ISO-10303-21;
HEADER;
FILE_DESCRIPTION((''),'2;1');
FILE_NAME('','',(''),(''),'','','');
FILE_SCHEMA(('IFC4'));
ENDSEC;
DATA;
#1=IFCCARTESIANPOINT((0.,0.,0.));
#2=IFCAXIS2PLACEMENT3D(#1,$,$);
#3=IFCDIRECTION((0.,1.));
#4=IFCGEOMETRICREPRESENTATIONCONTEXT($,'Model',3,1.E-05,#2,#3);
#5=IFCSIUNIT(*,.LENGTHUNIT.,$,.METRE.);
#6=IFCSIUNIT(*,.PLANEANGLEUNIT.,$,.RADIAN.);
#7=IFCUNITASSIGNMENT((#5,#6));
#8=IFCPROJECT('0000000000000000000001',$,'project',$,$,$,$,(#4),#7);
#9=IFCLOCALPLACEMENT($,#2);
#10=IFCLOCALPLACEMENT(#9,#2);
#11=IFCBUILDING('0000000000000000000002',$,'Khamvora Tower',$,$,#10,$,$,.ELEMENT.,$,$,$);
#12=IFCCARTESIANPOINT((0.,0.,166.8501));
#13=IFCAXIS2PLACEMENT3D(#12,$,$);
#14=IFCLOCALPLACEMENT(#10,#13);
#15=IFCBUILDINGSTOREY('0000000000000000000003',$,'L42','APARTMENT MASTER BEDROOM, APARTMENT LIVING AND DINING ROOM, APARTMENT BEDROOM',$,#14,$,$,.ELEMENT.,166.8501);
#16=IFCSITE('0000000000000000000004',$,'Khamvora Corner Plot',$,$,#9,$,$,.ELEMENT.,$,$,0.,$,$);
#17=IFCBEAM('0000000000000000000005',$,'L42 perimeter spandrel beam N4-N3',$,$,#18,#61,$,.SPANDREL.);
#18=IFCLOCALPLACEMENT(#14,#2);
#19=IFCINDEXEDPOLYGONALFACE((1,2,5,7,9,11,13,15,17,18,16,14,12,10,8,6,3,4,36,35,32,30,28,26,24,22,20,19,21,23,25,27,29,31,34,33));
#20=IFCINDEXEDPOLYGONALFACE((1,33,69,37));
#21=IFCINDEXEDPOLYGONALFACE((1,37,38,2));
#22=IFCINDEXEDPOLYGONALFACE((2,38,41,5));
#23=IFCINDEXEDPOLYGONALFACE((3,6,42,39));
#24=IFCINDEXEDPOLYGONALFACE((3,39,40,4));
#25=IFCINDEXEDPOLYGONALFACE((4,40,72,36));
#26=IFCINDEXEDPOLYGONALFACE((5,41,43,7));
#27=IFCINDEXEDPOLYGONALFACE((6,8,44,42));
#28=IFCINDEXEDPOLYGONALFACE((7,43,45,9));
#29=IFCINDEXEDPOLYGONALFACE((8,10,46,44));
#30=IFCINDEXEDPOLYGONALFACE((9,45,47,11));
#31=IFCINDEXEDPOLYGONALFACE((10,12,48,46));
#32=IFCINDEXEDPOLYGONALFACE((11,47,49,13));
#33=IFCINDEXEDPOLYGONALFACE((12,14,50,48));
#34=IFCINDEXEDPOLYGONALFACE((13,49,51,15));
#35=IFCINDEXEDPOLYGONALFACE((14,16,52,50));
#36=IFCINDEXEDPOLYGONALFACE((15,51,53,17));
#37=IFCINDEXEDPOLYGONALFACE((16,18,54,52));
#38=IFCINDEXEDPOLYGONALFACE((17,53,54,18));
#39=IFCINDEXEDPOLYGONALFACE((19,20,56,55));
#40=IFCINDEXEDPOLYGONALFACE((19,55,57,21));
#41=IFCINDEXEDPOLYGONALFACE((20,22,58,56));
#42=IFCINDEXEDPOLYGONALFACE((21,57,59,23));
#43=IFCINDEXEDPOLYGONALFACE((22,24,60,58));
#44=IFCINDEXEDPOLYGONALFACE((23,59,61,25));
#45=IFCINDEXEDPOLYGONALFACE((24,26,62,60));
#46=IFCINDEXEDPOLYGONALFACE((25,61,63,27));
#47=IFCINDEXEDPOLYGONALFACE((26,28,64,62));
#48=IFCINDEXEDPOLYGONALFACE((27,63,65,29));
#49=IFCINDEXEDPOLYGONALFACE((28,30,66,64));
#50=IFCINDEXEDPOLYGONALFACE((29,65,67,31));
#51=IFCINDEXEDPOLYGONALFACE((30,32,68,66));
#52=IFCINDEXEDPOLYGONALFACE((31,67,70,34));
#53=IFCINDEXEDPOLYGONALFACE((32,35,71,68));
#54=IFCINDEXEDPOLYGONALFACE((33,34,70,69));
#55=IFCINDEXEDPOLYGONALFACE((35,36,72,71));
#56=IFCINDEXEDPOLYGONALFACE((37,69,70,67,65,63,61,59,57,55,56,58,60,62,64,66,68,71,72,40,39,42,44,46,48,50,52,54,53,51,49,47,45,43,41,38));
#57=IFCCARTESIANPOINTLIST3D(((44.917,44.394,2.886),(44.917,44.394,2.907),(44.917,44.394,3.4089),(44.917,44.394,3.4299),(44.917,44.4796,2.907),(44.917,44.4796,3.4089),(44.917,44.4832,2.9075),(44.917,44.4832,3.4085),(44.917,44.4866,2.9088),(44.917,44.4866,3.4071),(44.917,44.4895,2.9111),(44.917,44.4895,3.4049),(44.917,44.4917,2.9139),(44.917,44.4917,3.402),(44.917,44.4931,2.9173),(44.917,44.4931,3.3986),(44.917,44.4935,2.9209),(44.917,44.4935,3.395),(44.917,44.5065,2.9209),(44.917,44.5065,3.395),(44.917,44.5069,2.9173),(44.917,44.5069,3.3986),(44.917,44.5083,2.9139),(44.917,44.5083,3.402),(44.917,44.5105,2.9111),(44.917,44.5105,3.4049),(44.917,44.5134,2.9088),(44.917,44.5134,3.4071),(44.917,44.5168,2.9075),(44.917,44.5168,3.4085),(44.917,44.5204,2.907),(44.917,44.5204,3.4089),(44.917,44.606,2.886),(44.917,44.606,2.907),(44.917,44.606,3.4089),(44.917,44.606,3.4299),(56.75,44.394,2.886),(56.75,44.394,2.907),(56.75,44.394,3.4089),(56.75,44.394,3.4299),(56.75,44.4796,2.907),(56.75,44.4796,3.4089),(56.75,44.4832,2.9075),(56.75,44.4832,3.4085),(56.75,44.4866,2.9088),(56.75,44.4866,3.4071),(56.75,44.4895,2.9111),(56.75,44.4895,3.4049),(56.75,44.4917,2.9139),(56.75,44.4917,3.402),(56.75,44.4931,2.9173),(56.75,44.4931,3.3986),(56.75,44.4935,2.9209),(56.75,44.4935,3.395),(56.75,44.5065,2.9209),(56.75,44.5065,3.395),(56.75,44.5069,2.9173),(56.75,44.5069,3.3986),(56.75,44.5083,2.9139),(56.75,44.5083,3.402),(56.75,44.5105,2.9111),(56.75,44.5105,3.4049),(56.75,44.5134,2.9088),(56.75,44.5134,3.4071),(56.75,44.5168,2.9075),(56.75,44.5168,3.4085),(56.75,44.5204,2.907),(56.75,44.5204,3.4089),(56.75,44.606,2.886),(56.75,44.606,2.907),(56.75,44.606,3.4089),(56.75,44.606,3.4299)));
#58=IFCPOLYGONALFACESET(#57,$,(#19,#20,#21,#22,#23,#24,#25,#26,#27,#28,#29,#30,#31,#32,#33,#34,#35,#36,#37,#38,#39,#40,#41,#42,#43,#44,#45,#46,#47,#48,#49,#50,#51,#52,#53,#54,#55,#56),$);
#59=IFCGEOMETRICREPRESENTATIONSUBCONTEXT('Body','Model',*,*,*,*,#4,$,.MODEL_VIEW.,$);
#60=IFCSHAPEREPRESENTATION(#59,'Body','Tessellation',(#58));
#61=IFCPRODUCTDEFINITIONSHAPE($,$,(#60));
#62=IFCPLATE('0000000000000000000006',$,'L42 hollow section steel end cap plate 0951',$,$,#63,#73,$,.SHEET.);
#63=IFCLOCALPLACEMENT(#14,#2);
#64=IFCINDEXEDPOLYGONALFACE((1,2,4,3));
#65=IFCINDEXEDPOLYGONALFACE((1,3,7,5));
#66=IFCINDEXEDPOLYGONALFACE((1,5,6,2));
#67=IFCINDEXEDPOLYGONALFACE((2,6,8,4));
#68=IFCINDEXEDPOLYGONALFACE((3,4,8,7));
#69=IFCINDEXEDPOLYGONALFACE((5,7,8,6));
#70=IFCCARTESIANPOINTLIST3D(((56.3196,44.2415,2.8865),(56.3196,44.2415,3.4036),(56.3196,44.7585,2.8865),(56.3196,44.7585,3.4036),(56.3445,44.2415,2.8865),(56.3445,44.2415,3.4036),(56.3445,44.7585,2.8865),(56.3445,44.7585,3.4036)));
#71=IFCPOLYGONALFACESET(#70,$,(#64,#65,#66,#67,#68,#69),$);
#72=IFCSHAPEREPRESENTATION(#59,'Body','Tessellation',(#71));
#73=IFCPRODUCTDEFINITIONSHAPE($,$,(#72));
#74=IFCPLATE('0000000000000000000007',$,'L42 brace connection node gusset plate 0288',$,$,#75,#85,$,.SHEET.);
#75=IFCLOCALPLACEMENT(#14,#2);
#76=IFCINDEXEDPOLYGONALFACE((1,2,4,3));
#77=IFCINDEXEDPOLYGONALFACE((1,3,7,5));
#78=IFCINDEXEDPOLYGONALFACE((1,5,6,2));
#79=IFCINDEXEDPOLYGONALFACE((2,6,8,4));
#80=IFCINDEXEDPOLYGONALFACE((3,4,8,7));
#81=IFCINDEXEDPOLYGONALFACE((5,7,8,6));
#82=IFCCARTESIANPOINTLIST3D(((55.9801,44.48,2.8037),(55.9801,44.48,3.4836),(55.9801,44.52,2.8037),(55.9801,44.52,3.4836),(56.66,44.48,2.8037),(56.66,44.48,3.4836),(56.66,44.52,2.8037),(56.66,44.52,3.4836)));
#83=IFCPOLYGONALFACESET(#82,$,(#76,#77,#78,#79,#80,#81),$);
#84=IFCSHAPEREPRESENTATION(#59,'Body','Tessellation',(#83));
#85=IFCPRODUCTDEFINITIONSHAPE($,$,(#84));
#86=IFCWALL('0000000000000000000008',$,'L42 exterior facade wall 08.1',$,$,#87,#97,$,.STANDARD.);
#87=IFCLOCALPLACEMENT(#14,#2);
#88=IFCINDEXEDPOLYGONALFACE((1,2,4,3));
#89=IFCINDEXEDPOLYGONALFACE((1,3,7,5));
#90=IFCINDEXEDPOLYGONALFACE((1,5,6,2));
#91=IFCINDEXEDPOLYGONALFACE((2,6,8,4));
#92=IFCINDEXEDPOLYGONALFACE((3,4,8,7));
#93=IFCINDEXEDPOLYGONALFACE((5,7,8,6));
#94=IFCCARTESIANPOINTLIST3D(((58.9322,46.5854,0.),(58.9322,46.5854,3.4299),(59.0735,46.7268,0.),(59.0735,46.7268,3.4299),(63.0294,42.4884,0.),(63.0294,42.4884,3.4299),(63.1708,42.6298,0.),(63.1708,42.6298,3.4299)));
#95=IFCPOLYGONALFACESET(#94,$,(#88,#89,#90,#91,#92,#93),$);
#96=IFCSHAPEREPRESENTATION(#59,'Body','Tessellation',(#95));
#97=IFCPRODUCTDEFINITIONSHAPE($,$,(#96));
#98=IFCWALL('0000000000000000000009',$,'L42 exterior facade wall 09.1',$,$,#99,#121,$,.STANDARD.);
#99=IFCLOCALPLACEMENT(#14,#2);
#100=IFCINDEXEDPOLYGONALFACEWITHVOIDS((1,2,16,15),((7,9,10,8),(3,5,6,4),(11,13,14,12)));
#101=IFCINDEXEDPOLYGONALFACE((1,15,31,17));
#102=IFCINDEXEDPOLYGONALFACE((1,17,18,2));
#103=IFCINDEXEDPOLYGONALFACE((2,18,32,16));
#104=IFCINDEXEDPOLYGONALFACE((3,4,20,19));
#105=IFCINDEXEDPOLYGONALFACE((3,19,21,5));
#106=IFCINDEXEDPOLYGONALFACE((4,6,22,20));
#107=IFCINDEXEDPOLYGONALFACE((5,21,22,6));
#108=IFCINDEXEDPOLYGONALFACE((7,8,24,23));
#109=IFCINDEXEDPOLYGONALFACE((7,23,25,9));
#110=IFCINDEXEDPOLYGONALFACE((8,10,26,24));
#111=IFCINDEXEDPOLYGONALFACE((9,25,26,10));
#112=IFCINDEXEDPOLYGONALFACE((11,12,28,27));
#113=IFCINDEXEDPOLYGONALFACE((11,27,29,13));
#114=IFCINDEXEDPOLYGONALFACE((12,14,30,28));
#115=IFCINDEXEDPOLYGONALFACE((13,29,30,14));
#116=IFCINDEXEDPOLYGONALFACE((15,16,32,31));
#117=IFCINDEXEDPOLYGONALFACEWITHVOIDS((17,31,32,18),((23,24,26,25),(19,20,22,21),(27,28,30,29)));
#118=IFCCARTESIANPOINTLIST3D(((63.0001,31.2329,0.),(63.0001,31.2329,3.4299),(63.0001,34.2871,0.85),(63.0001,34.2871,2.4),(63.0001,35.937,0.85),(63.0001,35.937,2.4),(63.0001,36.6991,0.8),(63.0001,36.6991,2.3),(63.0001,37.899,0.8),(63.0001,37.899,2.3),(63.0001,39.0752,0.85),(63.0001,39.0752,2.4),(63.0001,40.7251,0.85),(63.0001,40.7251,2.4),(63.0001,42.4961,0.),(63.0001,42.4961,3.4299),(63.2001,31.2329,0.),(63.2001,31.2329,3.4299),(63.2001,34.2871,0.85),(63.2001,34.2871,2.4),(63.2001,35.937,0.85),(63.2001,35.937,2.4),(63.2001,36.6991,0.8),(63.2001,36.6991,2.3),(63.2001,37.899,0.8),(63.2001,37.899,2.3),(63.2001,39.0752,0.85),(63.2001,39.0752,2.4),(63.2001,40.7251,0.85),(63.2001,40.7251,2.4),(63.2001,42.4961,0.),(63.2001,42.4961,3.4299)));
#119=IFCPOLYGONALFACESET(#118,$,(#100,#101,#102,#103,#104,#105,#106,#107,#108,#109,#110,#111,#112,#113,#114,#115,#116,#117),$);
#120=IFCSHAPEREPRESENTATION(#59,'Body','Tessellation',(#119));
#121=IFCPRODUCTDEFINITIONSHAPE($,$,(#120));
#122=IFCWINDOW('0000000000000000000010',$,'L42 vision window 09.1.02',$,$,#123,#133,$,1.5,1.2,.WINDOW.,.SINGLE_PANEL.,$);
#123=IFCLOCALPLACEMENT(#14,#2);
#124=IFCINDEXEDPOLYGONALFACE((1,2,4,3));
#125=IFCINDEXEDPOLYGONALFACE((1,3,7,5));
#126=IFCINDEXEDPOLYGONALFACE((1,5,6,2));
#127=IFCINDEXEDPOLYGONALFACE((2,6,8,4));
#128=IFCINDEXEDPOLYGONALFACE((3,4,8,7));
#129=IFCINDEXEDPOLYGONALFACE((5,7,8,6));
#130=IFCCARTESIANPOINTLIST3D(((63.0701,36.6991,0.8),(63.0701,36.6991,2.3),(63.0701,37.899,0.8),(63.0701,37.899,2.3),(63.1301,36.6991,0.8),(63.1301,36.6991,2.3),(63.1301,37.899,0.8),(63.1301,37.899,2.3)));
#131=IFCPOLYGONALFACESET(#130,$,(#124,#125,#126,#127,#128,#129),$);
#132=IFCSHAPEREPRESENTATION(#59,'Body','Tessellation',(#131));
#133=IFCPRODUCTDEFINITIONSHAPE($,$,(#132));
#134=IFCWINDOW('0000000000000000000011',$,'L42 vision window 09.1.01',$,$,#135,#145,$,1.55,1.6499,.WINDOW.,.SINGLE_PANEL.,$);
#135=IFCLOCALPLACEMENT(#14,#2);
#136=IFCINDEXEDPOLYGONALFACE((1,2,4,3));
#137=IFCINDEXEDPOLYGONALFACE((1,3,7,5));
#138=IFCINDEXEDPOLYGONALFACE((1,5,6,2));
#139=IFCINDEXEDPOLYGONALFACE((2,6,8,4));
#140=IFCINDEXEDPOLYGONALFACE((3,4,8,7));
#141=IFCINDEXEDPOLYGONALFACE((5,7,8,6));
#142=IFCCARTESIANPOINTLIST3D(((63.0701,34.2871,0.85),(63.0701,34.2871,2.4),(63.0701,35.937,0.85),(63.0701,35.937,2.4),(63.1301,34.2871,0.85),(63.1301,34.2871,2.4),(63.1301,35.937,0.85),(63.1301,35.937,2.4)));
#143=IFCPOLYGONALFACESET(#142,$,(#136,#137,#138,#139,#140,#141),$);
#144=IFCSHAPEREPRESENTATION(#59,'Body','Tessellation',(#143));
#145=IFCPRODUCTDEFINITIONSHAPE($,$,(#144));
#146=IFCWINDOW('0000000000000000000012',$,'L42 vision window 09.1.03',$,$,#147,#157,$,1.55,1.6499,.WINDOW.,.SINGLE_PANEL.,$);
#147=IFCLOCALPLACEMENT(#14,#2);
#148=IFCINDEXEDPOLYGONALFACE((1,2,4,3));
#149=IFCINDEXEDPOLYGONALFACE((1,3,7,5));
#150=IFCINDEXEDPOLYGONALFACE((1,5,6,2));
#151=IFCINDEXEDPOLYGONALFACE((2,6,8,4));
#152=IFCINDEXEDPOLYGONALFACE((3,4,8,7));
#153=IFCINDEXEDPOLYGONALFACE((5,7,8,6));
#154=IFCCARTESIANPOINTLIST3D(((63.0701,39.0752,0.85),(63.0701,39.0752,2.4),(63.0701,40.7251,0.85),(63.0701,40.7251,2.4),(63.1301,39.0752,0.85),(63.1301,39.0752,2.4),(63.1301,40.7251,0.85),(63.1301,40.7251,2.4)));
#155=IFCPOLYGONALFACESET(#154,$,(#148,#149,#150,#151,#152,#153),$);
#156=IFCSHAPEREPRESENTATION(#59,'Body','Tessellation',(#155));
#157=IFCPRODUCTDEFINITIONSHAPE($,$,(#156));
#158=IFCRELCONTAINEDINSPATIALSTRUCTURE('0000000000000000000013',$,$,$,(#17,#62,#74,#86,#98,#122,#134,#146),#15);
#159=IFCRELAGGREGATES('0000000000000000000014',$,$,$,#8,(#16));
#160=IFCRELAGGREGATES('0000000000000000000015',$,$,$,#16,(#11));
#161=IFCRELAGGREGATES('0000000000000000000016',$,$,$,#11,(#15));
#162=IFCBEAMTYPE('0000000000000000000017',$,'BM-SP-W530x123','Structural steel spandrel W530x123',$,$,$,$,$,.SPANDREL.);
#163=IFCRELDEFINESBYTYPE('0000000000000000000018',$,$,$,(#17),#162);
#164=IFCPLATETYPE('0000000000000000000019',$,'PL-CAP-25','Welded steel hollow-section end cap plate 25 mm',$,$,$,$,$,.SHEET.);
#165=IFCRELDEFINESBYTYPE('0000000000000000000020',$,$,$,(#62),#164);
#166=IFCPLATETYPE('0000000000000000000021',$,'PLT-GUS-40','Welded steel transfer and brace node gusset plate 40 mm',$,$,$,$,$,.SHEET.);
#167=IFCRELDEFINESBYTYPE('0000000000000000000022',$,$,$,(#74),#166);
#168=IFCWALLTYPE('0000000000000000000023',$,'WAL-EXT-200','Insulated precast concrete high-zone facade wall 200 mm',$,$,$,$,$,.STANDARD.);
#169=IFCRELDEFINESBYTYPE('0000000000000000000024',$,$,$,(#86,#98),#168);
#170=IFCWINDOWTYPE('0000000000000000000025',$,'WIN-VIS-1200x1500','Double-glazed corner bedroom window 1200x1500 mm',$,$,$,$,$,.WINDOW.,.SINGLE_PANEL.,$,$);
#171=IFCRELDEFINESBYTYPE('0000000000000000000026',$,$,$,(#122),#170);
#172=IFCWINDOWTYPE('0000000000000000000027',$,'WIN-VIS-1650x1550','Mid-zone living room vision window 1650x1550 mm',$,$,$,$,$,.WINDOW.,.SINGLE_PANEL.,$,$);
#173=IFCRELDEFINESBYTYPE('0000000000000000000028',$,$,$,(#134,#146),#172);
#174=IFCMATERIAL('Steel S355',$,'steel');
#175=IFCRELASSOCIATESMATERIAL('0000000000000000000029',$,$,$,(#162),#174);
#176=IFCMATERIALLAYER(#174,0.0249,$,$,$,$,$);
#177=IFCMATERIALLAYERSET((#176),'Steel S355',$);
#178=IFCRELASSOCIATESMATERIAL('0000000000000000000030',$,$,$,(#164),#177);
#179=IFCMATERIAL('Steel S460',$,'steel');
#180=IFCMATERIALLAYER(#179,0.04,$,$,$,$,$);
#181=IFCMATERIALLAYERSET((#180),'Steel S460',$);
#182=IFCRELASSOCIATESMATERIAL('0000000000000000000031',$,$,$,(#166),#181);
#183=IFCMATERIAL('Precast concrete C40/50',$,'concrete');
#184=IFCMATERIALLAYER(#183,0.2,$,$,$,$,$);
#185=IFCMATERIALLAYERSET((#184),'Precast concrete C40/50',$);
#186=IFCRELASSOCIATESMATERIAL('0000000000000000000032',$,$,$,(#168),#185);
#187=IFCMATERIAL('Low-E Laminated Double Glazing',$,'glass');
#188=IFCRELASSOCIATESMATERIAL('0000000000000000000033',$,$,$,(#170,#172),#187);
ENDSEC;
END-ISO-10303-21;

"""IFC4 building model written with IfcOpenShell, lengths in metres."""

from ifc_helpers import new_model, si_unit, direction, frame, frame_2d, origin, origin_2d, place, context, subcontext, project, spatial, rectangle, i_section, extrude, material, layer, layer_set, material_profile, profile_set, type_object, element, fill, save


model = new_model("IFC4")

# Units and contexts
model_context = context("Model", 3, precision=1e-05, world=origin(), true_north=direction((0.0, 1.0)))
body_context = subcontext(model_context, "Body", "Model", "MODEL_VIEW")
ifc_project = project(units=[si_unit("LENGTHUNIT", "METRE"), si_unit("PLANEANGLEUNIT", "RADIAN")], contexts=[model_context])

# Site, building, storey
site_placement = place(None, origin())
site = spatial("IfcSite", under=ifc_project, at=site_placement, Name="Khamvora Corner Plot", CompositionType="ELEMENT", RefElevation=0.0)
building_placement = place(site_placement, origin())
building = spatial("IfcBuilding", under=site, at=building_placement, Name="Khamvora Tower", CompositionType="ELEMENT")
storey_placement = place(building_placement, frame((0.0, 0.0, 166.8501)))
storey = spatial("IfcBuildingStorey", under=building, at=storey_placement, Name="L42", Description="APARTMENT MASTER BEDROOM, APARTMENT LIVING AND DINING ROOM, APARTMENT BEDROOM", CompositionType="ELEMENT", Elevation=166.8501)

# Shared definitions
ifc_material_1 = material(Name="Steel S355", Category="steel")

# Beam
ifc_material_profile_1 = material_profile(ifc_material_1, i_section(OverallWidth=0.2119, OverallDepth=0.5439, WebThickness=0.0129, FlangeThickness=0.021, FilletRadius=0.0139, at=origin_2d()), Name="W530x123")
ifc_profile_set_1 = profile_set([ifc_material_profile_1], Name="Steel S355")
beam_type_1 = type_object("IfcBeamType", Name="BM-SP-W530x123", Description="Structural steel spandrel W530x123", PredefinedType="SPANDREL", material=ifc_profile_set_1)
beam_1_placement = place(storey_placement, frame((56.75, 44.5, 3.158), z_axis=(-1.0, 0.0, 0.0), x_axis=(0.0, -1.0, 0.0)))
element("IfcBeam", 1, at=beam_1_placement, inside=storey, type_object=beam_type_1, Name="L42 perimeter spandrel beam N4-N3", PredefinedType="SPANDREL", context=body_context, shape_type="SweptSolid", body=[
    extrude(i_section(OverallWidth=0.2119, OverallDepth=0.5439, WebThickness=0.0129, FlangeThickness=0.021, FilletRadius=0.0139, at=origin_2d()), origin(), (0.0, 0.0, 1.0), 11.833),
])

# Plates
ifc_layer_1 = layer(ifc_material_1, 0.0249)
ifc_layer_set_1 = layer_set([ifc_layer_1], Name="Steel S355")
plate_type_1 = type_object("IfcPlateType", Name="PL-CAP-25", Description="Welded steel hollow-section end cap plate 25 mm", PredefinedType="SHEET", material=ifc_layer_set_1)
plate_1_placement = place(storey_placement, frame((56.332, 44.5, 2.8865), z_axis=(0.0, 0.0, 1.0), x_axis=(1.0, 0.0, 0.0)))
element("IfcPlate", 2, at=plate_1_placement, inside=storey, type_object=plate_type_1, Name="L42 hollow section steel end cap plate 0951", PredefinedType="SHEET", context=body_context, shape_type="SweptSolid", body=[
    extrude(rectangle(XDim=0.0249, YDim=0.5171, at=origin_2d()), origin(), (0.0, 0.0, 1.0), 0.5171),
])
ifc_material_2 = material(Name="Steel S460", Category="steel")
ifc_layer_2 = layer(ifc_material_2, 0.04)
ifc_layer_set_2 = layer_set([ifc_layer_2], Name="Steel S460")
plate_type_2 = type_object("IfcPlateType", Name="PLT-GUS-40", Description="Welded steel transfer and brace node gusset plate 40 mm", PredefinedType="SHEET", material=ifc_layer_set_2)
plate_2_placement = place(storey_placement, frame((56.3201, 44.5, 2.8037), z_axis=(0.0, 0.0, 1.0), x_axis=(1.0, 0.0, 0.0)))
element("IfcPlate", 3, at=plate_2_placement, inside=storey, type_object=plate_type_2, Name="L42 brace connection node gusset plate 0288", PredefinedType="SHEET", context=body_context, shape_type="SweptSolid", body=[
    extrude(rectangle(XDim=0.6799, YDim=0.04, at=origin_2d()), origin(), (0.0, 0.0, 1.0), 0.6799),
])

# Wall
ifc_material_3 = material(Name="Precast concrete C40/50", Category="concrete")
ifc_layer_3 = layer(ifc_material_3, 0.2)
ifc_layer_set_3 = layer_set([ifc_layer_3], Name="Precast concrete C40/50")
wall_type_1 = type_object("IfcWallType", Name="WAL-EXT-200", Description="Insulated precast concrete high-zone facade wall 200 mm", PredefinedType="STANDARD", material=ifc_layer_set_3)
wall_1_placement = place(storey_placement, frame((59.0029, 46.656, 0.0), z_axis=(0.0, 0.0, 1.0), x_axis=(0.707128, -0.707086, 0.0)))
element("IfcWall", 4, at=wall_1_placement, inside=storey, type_object=wall_type_1, Name="L42 exterior facade wall 08.1", PredefinedType="STANDARD", context=body_context, shape_type="SweptSolid", body=[
    extrude(rectangle(XDim=5.7942, YDim=0.2, at=frame_2d((2.897, 0.0))), origin(), (0.0, 0.0, 1.0), 3.4299),
])

# Wall, openings, windows
wall_2_placement = place(storey_placement, frame((63.1001, 42.4961, 0.0), z_axis=(0.0, 0.0, 1.0), x_axis=(0.0, -1.0, 0.0)))
wall_2 = element("IfcWall", 5, at=wall_2_placement, inside=storey, type_object=wall_type_1, Name="L42 exterior facade wall 09.1", PredefinedType="STANDARD", context=body_context, shape_type="SweptSolid", body=[
    extrude(rectangle(XDim=11.2632, YDim=0.2, at=frame_2d((5.6316, 0.0))), origin(), (0.0, 0.0, 1.0), 3.4299),
])
opening_1_placement = place(wall_2_placement, frame((6.5591, 0.0, 0.8501)))
opening_1 = element("IfcOpeningElement", 6, at=opening_1_placement, cuts=wall_2, PredefinedType="OPENING", context=body_context, shape_type="SweptSolid", body=[
    extrude(rectangle(XDim=1.6499, YDim=1.55, at=frame_2d((0.825, 0.7749))), frame((0.0, 0.1099, 0.0), z_axis=(0.0, -1.0, 0.0), x_axis=(1.0, 0.0, 0.0)), (0.0, 0.0, 1.0), 0.22),
])
opening_2_placement = place(wall_2_placement, frame((4.5969, 0.0, 0.8)))
opening_2 = element("IfcOpeningElement", 7, at=opening_2_placement, cuts=wall_2, PredefinedType="OPENING", context=body_context, shape_type="SweptSolid", body=[
    extrude(rectangle(XDim=1.2, YDim=1.5, at=frame_2d((0.6001, 0.75))), frame((0.0, 0.1099, 0.0), z_axis=(0.0, -1.0, 0.0), x_axis=(1.0, 0.0, 0.0)), (0.0, 0.0, 1.0), 0.22),
])
opening_3_placement = place(wall_2_placement, frame((1.771, 0.0, 0.8501)))
opening_3 = element("IfcOpeningElement", 8, at=opening_3_placement, cuts=wall_2, PredefinedType="OPENING", context=body_context, shape_type="SweptSolid", body=[
    extrude(rectangle(XDim=1.6499, YDim=1.55, at=frame_2d((0.825, 0.7749))), frame((0.0, 0.1099, 0.0), z_axis=(0.0, -1.0, 0.0), x_axis=(1.0, 0.0, 0.0)), (0.0, 0.0, 1.0), 0.22),
])
ifc_material_4 = material(Name="Low-E Laminated Double Glazing", Category="glass")
window_type_1 = type_object("IfcWindowType", Name="WIN-VIS-1200x1500", Description="Double-glazed corner bedroom window 1200x1500 mm", PartitioningType="SINGLE_PANEL", PredefinedType="WINDOW", material=ifc_material_4)
window_1_placement = place(opening_2_placement, origin())
window_1 = element("IfcWindow", 9, at=window_1_placement, inside=storey, type_object=window_type_1, Name="L42 vision window 09.1.02", OverallHeight=1.5, OverallWidth=1.2, PartitioningType="SINGLE_PANEL", PredefinedType="WINDOW", context=body_context, shape_type="SweptSolid", body=[
    extrude(rectangle(XDim=1.2, YDim=1.5, at=frame_2d((0.6001, 0.75))), frame((0.0, 0.03, 0.0), z_axis=(0.0, -1.0, 0.0), x_axis=(1.0, 0.0, 0.0)), (0.0, 0.0, 1.0), 0.0601),
])
fill(opening_2, window_1)
window_type_2 = type_object("IfcWindowType", Name="WIN-VIS-1650x1550", Description="Mid-zone living room vision window 1650x1550 mm", PartitioningType="SINGLE_PANEL", PredefinedType="WINDOW", material=ifc_material_4)
window_2_placement = place(opening_1_placement, origin())
window_2 = element("IfcWindow", 10, at=window_2_placement, inside=storey, type_object=window_type_2, Name="L42 vision window 09.1.01", OverallHeight=1.55, OverallWidth=1.6499, PartitioningType="SINGLE_PANEL", PredefinedType="WINDOW", context=body_context, shape_type="SweptSolid", body=[
    extrude(rectangle(XDim=1.6499, YDim=1.55, at=frame_2d((0.825, 0.7749))), frame((0.0, 0.03, 0.0), z_axis=(0.0, -1.0, 0.0), x_axis=(1.0, 0.0, 0.0)), (0.0, 0.0, 1.0), 0.0601),
])
fill(opening_1, window_2)
window_3_placement = place(opening_3_placement, origin())
window_3 = element("IfcWindow", 11, at=window_3_placement, inside=storey, type_object=window_type_2, Name="L42 vision window 09.1.03", OverallHeight=1.55, OverallWidth=1.6499, PartitioningType="SINGLE_PANEL", PredefinedType="WINDOW", context=body_context, shape_type="SweptSolid", body=[
    extrude(rectangle(XDim=1.6499, YDim=1.55, at=frame_2d((0.825, 0.7749))), frame((0.0, 0.03, 0.0), z_axis=(0.0, -1.0, 0.0), x_axis=(1.0, 0.0, 0.0)), (0.0, 0.0, 1.0), 0.0601),
])
fill(opening_3, window_3)

save(model, "model.ifc")
